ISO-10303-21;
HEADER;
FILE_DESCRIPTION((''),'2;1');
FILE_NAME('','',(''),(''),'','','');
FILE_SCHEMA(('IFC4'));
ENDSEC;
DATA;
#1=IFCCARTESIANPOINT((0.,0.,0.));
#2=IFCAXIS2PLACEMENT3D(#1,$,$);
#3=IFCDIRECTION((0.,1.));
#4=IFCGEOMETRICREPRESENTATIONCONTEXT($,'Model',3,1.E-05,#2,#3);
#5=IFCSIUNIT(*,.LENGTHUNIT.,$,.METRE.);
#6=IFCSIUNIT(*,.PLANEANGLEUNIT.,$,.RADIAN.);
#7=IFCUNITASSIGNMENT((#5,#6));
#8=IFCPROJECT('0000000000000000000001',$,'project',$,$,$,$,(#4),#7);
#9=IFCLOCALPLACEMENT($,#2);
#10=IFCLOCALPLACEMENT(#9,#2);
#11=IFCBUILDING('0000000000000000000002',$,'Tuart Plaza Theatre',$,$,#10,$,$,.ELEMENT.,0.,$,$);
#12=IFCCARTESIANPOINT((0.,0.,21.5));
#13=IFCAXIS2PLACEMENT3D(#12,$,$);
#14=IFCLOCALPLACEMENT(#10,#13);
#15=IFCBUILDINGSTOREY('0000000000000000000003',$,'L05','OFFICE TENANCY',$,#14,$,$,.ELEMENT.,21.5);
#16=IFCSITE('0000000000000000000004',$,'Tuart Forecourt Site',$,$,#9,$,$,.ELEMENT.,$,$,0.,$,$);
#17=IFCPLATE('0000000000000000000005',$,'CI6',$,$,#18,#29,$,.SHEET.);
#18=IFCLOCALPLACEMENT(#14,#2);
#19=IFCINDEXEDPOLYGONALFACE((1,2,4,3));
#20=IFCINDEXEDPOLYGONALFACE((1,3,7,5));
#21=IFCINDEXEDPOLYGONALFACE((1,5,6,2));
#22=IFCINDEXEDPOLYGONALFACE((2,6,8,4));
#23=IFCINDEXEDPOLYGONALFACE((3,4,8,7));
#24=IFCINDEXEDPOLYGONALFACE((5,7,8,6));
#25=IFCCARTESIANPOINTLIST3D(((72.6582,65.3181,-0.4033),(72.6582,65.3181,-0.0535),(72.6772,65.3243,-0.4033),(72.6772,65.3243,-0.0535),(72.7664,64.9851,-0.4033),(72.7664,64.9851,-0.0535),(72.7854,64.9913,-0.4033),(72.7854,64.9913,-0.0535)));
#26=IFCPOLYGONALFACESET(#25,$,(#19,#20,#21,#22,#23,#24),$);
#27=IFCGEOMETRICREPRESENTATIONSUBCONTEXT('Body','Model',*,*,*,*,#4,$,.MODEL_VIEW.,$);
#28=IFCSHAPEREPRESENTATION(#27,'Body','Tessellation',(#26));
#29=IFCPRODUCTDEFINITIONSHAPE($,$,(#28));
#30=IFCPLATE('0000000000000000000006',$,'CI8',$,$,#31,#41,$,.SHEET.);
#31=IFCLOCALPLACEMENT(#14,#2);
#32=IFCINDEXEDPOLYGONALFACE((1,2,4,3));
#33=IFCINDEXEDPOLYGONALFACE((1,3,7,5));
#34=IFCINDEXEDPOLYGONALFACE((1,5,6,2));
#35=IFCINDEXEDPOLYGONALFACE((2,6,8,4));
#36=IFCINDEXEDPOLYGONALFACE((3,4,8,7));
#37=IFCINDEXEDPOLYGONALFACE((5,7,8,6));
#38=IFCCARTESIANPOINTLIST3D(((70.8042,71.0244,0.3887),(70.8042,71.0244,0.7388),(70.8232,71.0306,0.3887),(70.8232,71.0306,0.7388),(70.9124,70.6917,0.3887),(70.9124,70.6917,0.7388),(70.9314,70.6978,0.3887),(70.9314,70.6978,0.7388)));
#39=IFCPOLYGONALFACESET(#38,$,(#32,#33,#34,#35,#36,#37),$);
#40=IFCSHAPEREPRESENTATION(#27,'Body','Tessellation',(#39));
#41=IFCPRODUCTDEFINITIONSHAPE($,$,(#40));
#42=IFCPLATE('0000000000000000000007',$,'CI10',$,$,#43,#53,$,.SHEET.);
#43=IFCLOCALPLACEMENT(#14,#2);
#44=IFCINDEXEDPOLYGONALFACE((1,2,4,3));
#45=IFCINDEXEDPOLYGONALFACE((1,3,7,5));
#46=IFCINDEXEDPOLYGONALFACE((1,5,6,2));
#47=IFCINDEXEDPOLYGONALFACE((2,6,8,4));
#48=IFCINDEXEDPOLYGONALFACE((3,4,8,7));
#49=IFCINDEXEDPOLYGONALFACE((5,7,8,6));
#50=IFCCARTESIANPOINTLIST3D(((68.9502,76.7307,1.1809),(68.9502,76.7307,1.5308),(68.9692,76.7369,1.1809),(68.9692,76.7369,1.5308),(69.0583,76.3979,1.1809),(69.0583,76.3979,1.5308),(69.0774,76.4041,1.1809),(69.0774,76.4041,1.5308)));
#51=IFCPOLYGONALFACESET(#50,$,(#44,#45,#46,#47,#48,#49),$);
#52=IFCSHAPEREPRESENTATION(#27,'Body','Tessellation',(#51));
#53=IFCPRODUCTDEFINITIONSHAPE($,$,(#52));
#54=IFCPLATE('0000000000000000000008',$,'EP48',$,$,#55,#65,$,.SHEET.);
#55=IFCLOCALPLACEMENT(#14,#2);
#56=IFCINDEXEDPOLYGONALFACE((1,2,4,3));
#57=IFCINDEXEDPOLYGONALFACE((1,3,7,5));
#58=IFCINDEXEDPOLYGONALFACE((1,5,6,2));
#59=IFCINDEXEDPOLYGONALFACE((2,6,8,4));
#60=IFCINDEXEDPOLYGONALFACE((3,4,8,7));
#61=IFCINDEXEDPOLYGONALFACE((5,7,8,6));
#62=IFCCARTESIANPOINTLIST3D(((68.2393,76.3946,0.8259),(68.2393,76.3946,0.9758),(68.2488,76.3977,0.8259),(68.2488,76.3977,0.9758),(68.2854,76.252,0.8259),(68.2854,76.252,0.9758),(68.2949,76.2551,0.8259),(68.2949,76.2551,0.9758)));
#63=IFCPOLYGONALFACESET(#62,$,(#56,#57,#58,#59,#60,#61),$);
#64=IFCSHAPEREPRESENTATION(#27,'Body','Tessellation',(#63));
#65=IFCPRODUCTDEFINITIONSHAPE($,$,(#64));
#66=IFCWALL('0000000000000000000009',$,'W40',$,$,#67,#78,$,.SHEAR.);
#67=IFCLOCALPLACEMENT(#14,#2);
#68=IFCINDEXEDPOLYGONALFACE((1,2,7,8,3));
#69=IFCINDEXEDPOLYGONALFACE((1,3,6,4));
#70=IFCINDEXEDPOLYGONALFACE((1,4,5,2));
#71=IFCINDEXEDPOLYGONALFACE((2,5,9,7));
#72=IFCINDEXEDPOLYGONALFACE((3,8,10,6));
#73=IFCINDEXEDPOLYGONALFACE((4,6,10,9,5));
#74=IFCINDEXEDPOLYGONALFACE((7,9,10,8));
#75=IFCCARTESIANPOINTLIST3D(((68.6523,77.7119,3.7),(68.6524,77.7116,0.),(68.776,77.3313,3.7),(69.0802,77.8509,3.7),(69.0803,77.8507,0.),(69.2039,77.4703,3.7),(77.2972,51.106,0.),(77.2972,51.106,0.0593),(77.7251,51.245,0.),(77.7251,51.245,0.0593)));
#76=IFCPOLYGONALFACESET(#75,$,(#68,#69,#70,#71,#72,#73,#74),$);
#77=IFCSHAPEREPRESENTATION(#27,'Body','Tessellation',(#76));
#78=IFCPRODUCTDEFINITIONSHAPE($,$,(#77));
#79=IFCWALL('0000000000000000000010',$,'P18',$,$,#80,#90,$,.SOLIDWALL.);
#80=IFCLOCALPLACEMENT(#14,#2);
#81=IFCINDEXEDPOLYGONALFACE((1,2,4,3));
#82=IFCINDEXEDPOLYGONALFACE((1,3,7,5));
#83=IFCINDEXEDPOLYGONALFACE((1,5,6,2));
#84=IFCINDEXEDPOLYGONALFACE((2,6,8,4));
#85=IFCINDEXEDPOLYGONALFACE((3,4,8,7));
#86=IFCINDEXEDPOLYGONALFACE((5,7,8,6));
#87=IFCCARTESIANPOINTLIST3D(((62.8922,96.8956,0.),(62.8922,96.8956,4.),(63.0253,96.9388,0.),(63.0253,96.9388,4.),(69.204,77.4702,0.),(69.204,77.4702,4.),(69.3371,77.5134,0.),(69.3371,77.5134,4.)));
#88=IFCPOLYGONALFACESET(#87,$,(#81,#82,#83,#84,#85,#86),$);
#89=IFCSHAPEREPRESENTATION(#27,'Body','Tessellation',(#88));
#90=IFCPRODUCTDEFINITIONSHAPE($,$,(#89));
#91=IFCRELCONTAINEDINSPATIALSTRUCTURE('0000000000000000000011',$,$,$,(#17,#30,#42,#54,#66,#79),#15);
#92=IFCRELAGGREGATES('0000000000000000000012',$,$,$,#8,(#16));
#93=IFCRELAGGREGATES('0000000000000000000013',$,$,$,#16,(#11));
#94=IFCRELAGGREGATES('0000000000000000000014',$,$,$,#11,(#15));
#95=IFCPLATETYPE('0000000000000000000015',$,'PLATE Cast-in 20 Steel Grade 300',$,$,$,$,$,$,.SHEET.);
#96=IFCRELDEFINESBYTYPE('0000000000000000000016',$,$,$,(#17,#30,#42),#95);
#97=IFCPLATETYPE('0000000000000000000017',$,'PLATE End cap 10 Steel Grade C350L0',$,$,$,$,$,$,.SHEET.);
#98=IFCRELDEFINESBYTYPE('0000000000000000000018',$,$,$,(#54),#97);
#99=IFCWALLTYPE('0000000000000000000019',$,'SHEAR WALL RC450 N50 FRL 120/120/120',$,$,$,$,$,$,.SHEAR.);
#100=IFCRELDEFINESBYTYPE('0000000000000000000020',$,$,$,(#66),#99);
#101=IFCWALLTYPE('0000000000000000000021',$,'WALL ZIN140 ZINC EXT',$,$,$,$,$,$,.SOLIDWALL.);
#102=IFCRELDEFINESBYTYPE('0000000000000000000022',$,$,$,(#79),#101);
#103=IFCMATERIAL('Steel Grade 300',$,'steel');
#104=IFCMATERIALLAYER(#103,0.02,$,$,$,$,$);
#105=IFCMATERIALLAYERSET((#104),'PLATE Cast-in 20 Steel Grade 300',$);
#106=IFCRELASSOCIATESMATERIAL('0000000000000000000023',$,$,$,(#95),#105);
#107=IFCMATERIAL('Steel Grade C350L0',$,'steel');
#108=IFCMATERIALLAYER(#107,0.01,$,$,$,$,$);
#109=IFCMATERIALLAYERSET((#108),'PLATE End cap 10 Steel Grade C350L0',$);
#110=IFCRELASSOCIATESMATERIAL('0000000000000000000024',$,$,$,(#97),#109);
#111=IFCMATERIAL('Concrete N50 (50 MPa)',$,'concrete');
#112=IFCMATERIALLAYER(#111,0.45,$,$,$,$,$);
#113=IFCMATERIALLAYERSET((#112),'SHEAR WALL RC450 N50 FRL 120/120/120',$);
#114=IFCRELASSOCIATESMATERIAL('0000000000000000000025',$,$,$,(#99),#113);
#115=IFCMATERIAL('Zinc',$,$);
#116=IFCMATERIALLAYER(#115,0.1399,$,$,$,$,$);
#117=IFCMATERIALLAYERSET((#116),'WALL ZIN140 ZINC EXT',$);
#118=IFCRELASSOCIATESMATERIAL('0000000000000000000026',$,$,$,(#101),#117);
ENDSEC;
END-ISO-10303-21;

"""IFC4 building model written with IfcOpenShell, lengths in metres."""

from ifc_helpers import new_model, si_unit, direction, frame, frame_2d, origin, place, context, subcontext, project, spatial, polyline, rectangle, outline, extrude, material, layer, layer_set, type_object, element, save


model = new_model("IFC4")

# Units and contexts
model_context = context("Model", 3, precision=1e-05, world=origin(), true_north=direction((0.0, 1.0)))
body_context = subcontext(model_context, "Body", "Model", "MODEL_VIEW")
ifc_project = project(units=[si_unit("LENGTHUNIT", "METRE"), si_unit("PLANEANGLEUNIT", "RADIAN")], contexts=[model_context])

# Site, building, storey
site_placement = place(None, origin())
site = spatial("IfcSite", under=ifc_project, at=site_placement, Name="Tuart Forecourt Site", CompositionType="ELEMENT", RefElevation=0.0)
building_placement = place(site_placement, origin())
building = spatial("IfcBuilding", under=site, at=building_placement, Name="Tuart Plaza Theatre", CompositionType="ELEMENT", ElevationOfRefHeight=0.0)
storey_placement = place(building_placement, frame((0.0, 0.0, 21.5)))
storey = spatial("IfcBuildingStorey", under=building, at=storey_placement, Name="L05", Description="OFFICE TENANCY", CompositionType="ELEMENT", Elevation=21.5)

# Plates
ifc_material_1 = material(Name="Steel Grade 300", Category="steel")
ifc_layer_1 = layer(ifc_material_1, 0.02)
ifc_layer_set_1 = layer_set([ifc_layer_1], Name="PLATE Cast-in 20 Steel Grade 300")
plate_type_1 = type_object("IfcPlateType", Name="PLATE Cast-in 20 Steel Grade 300", PredefinedType="SHEET", material=ifc_layer_set_1)
plate_1_placement = place(storey_placement, frame((72.7664, 64.9851, -0.0535), z_axis=(-0.951096, -0.308897, 0.0), x_axis=(-0.308897, 0.951096, 0.0)))
element("IfcPlate", 1, at=plate_1_placement, inside=storey, type_object=plate_type_1, Name="CI6", PredefinedType="SHEET", context=body_context, shape_type="SweptSolid", body=[
    extrude(outline(polyline([(0.0, 0.0), (0.3501, 0.0), (0.3501, 0.3499), (0.0, 0.3499), (0.0, 0.0)])), origin(), (0.0, 0.0, -1.0), 0.02),
])
plate_2_placement = place(storey_placement, frame((70.9124, 70.6917, 0.7388), z_axis=(-0.951029, -0.309102, 0.0), x_axis=(-0.309102, 0.951029, 0.0)))
element("IfcPlate", 2, at=plate_2_placement, inside=storey, type_object=plate_type_1, Name="CI8", PredefinedType="SHEET", context=body_context, shape_type="SweptSolid", body=[
    extrude(outline(polyline([(0.0, 0.0), (0.3499, 0.0), (0.3499, 0.3501), (0.0, 0.3501), (0.0, 0.0)])), origin(), (0.0, 0.0, -1.0), 0.02),
])
plate_3_placement = place(storey_placement, frame((69.0583, 76.3979, 1.5308), z_axis=(-0.951029, -0.309102, 0.0), x_axis=(-0.309102, 0.951029, 0.0)))
element("IfcPlate", 3, at=plate_3_placement, inside=storey, type_object=plate_type_1, Name="CI10", PredefinedType="SHEET", context=body_context, shape_type="SweptSolid", body=[
    extrude(outline(polyline([(0.0, 0.0), (0.3499, 0.0), (0.3499, 0.3499), (0.0, 0.3499), (0.0, 0.0)])), origin(), (0.0, 0.0, -1.0), 0.02),
])
ifc_material_2 = material(Name="Steel Grade C350L0", Category="steel")
ifc_layer_2 = layer(ifc_material_2, 0.01)
ifc_layer_set_2 = layer_set([ifc_layer_2], Name="PLATE End cap 10 Steel Grade C350L0")
plate_type_2 = type_object("IfcPlateType", Name="PLATE End cap 10 Steel Grade C350L0", PredefinedType="SHEET", material=ifc_layer_set_2)
plate_4_placement = place(storey_placement, frame((68.2949, 76.2551, 0.8259), z_axis=(0.951416, 0.307907, 0.0), x_axis=(-0.307907, 0.951416, 0.0)))
element("IfcPlate", 4, at=plate_4_placement, inside=storey, type_object=plate_type_2, Name="EP48", PredefinedType="SHEET", context=body_context, shape_type="SweptSolid", body=[
    extrude(outline(polyline([(0.0, 0.0), (0.1499, 0.0), (0.1499, 0.1499), (0.0, 0.1499), (0.0, 0.0)])), origin(), (0.0, 0.0, -1.0), 0.01),
])

# Walls
ifc_material_3 = material(Name="Concrete N50 (50 MPa)", Category="concrete")
ifc_layer_3 = layer(ifc_material_3, 0.45)
ifc_layer_set_3 = layer_set([ifc_layer_3], Name="SHEAR WALL RC450 N50 FRL 120/120/120")
wall_type_1 = type_object("IfcWallType", Name="SHEAR WALL RC450 N50 FRL 120/120/120", PredefinedType="SHEAR", material=ifc_layer_set_3)
wall_1_placement = place(storey_placement, frame((77.5112, 51.1755, 0.0), z_axis=(0.0, 0.0, 1.0), x_axis=(-0.309019, 0.951056, 0.0)))
element("IfcWall", 5, at=wall_1_placement, inside=storey, type_object=wall_type_1, Name="W40", PredefinedType="SHEAR", context=body_context, shape_type="SweptSolid", body=[
    extrude(outline(polyline([(0.0, 0.0), (27.9749, 0.0), (27.9751, 3.7), (27.575, 3.7), (0.0, 0.0593), (0.0, 0.0)])), frame((0.0, 0.2251, 0.0), z_axis=(0.0, -1.0, 0.0), x_axis=(1.0, 0.0, 0.0)), (0.0, 0.0, 1.0), 0.45),
])
ifc_material_4 = material(Name="Zinc")
ifc_layer_4 = layer(ifc_material_4, 0.1399)
ifc_layer_set_4 = layer_set([ifc_layer_4], Name="WALL ZIN140 ZINC EXT")
wall_type_2 = type_object("IfcWallType", Name="WALL ZIN140 ZINC EXT", PredefinedType="SOLIDWALL", material=ifc_layer_set_4)
wall_2_placement = place(storey_placement, frame((69.2705, 77.4919, 0.0), z_axis=(0.0, 0.0, 1.0), x_axis=(-0.309022, 0.951055, 0.0)))
element("IfcWall", 6, at=wall_2_placement, inside=storey, type_object=wall_type_2, Name="P18", PredefinedType="SOLIDWALL", context=body_context, shape_type="SweptSolid", body=[
    extrude(rectangle(XDim=20.425, YDim=0.1399, at=frame_2d((10.2124, 0.0))), origin(), (0.0, 0.0, 1.0), 4.0),
])

save(model, "model.ifc")
